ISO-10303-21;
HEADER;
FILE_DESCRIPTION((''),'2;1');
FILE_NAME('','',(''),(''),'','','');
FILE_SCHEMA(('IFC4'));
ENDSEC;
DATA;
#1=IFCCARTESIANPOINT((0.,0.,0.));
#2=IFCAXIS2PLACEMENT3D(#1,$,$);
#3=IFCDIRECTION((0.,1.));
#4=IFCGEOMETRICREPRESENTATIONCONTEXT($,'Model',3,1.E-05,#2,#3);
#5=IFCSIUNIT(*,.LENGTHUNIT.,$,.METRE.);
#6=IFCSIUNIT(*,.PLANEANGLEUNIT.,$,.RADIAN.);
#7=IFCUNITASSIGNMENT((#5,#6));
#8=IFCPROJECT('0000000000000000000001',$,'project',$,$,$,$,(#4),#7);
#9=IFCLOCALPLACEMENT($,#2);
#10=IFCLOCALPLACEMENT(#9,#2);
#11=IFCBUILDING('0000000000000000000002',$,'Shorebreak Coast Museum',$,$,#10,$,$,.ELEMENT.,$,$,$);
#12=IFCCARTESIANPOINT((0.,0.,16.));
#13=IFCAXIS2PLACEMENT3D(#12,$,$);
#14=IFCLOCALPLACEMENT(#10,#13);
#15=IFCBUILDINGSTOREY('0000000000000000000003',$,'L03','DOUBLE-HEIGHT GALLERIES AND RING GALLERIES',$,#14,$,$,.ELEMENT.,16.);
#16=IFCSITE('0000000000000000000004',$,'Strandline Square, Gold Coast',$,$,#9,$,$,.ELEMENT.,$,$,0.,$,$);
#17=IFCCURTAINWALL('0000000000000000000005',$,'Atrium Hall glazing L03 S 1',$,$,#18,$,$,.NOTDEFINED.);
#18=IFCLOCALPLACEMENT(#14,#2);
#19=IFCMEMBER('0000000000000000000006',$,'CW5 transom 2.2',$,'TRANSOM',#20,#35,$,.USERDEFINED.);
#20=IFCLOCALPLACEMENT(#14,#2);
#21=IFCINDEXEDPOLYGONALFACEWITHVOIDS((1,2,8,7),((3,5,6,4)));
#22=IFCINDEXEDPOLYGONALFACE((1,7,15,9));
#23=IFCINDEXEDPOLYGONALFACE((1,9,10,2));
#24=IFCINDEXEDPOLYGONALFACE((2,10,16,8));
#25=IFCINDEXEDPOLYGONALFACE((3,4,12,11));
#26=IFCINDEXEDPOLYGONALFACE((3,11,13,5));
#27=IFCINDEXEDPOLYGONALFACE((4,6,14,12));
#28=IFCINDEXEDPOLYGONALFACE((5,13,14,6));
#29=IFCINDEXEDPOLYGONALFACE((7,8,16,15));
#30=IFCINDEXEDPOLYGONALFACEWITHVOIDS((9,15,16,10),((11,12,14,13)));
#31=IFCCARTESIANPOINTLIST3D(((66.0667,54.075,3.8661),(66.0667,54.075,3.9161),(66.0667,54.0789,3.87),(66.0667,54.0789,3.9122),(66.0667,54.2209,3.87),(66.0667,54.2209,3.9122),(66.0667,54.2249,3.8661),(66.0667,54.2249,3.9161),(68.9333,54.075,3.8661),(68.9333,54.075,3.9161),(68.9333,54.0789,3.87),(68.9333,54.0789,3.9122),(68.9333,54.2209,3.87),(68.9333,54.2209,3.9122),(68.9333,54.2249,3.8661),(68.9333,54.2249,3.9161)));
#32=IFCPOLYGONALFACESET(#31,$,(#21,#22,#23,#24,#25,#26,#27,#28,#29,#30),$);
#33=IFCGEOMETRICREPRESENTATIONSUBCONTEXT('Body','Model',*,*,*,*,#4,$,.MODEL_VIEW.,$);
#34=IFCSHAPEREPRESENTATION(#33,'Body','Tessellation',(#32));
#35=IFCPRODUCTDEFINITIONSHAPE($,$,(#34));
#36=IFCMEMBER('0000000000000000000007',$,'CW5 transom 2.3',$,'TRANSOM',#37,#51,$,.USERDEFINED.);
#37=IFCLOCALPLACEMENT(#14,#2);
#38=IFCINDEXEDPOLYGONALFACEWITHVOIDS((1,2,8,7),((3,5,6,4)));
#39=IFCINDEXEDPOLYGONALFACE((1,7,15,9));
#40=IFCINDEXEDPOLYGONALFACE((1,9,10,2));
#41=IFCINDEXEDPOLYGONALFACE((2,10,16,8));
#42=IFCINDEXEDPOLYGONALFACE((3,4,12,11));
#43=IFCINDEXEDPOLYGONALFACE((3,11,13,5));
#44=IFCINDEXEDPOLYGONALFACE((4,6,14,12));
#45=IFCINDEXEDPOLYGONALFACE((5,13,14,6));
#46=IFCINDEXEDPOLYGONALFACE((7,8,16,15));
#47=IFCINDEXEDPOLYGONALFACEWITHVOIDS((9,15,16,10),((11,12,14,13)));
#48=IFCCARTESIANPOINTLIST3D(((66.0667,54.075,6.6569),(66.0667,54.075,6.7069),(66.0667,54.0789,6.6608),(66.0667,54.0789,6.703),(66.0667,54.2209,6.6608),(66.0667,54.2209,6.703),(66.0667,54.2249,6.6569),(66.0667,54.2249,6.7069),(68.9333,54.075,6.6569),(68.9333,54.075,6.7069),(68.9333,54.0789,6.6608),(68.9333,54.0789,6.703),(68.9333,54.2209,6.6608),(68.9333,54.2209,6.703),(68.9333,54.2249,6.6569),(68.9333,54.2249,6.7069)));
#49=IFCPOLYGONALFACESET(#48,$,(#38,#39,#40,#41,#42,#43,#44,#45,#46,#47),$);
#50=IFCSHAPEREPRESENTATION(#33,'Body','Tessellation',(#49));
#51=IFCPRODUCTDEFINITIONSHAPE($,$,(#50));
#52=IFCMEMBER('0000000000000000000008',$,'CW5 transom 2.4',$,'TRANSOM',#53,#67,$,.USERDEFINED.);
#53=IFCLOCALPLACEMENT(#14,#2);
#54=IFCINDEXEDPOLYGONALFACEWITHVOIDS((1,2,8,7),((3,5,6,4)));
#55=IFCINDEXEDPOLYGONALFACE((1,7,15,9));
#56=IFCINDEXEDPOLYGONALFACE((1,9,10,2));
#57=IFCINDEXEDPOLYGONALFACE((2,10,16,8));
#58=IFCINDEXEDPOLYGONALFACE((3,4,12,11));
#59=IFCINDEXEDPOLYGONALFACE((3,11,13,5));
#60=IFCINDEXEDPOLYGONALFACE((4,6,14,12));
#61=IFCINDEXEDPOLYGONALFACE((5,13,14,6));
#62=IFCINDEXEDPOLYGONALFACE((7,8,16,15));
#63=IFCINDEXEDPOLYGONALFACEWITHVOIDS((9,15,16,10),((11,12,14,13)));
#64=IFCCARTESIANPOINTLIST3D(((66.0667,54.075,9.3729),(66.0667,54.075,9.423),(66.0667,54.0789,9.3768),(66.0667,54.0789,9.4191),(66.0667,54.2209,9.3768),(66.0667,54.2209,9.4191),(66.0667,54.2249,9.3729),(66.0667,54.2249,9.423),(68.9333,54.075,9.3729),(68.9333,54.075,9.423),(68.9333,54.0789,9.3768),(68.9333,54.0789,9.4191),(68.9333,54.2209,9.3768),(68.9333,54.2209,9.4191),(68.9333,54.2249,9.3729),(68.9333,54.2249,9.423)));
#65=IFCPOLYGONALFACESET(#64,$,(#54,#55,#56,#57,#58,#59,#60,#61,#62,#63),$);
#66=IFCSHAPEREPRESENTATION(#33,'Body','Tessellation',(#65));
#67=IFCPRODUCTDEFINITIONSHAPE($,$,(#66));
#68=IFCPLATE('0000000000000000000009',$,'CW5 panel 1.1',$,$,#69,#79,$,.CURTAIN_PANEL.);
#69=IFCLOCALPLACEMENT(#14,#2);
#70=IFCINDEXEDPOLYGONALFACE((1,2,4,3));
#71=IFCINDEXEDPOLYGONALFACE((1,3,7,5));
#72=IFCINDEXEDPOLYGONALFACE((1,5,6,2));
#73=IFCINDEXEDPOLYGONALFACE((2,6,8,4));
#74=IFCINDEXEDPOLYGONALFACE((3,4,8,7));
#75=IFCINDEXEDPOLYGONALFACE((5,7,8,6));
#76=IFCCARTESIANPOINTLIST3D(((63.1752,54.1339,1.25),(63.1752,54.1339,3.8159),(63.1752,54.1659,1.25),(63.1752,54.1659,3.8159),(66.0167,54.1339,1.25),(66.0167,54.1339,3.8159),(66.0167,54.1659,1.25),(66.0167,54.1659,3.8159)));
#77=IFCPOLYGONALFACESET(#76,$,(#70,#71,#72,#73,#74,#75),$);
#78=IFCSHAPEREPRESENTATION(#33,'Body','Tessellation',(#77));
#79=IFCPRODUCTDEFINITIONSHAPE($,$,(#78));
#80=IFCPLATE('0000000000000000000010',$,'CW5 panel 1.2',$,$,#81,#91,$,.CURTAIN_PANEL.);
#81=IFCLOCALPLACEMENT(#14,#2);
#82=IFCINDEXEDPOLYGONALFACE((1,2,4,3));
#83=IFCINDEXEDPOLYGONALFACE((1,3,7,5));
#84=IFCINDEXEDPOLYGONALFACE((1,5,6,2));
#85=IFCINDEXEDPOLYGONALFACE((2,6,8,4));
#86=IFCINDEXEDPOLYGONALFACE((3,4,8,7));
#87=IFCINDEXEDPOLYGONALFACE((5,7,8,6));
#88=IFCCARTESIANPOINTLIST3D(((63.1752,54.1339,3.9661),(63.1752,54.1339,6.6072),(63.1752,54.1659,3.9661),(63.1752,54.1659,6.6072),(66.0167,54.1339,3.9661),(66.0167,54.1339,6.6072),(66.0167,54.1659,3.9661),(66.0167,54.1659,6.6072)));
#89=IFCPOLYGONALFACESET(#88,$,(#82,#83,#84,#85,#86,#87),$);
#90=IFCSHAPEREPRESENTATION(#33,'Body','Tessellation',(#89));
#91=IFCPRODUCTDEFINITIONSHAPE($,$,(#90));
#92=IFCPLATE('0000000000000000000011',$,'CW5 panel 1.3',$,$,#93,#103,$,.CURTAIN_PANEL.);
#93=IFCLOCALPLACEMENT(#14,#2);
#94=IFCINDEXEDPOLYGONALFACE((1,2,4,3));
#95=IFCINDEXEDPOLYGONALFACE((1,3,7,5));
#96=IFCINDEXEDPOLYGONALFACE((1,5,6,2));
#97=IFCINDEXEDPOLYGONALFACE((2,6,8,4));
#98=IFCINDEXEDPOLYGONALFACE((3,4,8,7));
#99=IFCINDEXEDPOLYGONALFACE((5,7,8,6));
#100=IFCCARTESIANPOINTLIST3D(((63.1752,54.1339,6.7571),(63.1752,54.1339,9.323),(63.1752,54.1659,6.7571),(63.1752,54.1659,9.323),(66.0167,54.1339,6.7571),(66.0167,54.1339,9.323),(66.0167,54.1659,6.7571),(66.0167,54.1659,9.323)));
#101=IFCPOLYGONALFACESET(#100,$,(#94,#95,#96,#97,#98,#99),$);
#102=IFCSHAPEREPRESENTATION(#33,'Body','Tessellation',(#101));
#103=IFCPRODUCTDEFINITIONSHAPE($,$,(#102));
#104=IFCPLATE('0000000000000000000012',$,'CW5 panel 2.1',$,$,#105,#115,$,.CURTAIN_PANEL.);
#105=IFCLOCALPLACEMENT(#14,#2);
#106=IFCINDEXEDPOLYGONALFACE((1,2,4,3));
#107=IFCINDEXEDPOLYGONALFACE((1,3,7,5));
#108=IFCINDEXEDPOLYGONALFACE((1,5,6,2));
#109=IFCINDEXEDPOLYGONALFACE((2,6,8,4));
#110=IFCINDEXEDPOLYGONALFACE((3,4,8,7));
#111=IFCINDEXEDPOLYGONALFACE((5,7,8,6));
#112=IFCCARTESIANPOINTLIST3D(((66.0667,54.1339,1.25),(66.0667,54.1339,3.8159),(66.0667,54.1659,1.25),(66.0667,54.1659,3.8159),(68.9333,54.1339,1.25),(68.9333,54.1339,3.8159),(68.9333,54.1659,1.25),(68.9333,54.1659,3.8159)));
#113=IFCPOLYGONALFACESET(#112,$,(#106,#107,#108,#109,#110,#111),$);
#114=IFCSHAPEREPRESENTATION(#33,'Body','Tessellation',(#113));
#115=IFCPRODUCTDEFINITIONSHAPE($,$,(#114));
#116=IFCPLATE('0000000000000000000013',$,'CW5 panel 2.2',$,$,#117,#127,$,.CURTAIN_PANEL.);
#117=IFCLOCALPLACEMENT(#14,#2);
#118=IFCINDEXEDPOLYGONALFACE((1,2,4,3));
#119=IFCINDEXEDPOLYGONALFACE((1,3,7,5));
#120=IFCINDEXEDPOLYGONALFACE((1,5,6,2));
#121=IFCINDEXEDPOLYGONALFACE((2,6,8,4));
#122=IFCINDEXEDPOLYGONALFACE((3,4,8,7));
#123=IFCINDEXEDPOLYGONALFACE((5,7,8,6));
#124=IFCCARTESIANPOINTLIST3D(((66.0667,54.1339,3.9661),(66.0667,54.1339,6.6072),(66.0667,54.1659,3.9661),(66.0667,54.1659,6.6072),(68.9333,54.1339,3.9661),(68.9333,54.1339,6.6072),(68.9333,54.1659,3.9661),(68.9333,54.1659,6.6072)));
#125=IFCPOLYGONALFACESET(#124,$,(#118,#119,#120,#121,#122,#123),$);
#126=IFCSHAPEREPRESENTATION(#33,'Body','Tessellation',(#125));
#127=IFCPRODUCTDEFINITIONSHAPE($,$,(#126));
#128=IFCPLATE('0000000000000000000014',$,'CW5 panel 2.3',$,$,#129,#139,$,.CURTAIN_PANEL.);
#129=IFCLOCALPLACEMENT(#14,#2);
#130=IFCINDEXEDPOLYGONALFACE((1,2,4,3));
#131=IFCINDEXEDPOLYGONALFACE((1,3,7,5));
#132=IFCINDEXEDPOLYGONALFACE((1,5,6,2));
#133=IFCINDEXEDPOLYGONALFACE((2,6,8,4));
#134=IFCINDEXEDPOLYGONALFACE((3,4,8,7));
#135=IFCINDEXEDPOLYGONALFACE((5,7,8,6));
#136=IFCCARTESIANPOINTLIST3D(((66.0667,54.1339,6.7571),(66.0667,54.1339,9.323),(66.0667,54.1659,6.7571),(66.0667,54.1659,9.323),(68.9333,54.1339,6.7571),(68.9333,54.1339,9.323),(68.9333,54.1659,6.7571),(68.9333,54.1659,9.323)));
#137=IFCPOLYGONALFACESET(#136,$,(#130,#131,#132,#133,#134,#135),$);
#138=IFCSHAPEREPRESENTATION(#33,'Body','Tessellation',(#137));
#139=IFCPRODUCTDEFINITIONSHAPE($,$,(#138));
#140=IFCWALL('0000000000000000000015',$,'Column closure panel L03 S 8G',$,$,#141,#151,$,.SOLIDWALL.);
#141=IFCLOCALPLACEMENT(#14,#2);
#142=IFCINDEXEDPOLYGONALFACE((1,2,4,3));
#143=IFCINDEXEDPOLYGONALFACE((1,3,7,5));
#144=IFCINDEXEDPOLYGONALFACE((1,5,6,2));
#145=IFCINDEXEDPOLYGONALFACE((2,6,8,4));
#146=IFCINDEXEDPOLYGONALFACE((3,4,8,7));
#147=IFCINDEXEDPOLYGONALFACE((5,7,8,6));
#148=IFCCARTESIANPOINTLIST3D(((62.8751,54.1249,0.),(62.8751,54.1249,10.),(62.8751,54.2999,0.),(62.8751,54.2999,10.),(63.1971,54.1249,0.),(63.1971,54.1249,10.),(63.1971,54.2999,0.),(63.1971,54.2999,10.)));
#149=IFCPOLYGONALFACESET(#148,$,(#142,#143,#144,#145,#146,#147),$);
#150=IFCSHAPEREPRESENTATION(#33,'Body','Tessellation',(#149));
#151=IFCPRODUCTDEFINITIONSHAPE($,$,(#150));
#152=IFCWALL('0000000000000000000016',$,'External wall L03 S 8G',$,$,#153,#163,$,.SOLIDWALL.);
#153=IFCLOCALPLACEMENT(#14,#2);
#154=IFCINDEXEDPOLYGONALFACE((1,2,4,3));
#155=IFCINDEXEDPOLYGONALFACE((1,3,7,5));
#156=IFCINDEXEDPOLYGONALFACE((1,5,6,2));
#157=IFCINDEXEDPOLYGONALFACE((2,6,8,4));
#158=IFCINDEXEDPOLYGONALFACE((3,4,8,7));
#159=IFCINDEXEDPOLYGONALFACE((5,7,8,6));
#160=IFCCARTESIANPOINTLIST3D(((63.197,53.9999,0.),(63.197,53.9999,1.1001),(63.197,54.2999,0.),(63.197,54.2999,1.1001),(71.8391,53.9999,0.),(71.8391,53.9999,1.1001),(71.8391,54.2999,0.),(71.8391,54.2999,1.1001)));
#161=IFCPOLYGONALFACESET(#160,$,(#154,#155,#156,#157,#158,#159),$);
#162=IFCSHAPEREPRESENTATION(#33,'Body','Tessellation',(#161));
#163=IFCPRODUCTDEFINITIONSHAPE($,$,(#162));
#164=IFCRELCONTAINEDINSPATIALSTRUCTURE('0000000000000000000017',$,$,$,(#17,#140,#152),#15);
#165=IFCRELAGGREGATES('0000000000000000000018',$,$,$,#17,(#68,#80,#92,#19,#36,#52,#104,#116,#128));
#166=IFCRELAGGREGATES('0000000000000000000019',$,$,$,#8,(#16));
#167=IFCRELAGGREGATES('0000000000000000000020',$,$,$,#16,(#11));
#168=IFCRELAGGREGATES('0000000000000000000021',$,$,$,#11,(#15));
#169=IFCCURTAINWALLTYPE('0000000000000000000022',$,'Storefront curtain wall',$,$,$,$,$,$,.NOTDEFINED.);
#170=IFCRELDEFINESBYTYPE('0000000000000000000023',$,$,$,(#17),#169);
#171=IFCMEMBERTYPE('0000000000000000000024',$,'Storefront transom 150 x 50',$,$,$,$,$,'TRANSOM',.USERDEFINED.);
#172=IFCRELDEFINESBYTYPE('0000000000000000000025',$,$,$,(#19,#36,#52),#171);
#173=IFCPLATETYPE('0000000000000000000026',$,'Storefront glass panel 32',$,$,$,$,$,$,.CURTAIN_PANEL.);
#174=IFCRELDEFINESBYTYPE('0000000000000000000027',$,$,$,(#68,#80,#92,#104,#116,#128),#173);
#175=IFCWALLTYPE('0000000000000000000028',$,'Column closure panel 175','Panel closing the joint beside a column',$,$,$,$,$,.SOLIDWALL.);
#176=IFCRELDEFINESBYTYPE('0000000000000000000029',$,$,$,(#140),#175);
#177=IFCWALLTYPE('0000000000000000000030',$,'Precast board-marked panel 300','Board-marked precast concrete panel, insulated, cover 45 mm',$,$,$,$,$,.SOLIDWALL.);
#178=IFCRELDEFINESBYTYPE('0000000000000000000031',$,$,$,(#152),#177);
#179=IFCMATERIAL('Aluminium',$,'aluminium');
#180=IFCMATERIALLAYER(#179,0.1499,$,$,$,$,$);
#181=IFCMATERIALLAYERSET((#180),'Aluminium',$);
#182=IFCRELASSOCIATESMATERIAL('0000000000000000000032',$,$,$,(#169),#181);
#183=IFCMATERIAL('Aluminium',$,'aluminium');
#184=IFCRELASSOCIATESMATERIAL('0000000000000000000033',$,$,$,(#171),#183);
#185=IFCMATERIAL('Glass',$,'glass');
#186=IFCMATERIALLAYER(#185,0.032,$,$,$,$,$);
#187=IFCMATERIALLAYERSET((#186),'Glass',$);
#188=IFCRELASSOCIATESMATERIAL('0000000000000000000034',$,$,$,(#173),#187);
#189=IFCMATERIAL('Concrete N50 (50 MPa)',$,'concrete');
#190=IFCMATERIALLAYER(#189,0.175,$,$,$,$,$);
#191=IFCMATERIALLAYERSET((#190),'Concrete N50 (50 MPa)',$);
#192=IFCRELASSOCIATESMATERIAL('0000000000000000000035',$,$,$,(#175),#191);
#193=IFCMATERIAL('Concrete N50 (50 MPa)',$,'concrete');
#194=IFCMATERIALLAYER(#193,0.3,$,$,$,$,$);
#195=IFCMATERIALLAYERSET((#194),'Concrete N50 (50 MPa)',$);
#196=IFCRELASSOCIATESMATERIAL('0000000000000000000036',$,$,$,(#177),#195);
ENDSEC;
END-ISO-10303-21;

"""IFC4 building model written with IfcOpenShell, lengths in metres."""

from ifc_helpers import new_model, si_unit, direction, frame, frame_2d, origin, origin_2d, place, context, subcontext, project, spatial, rectangle, hollow_rectangle, extrude, material, layer, layer_set, material_profile, profile_set, type_object, element, aggregate, save


model = new_model("IFC4")

# Units and contexts
model_context = context("Model", 3, precision=1e-05, world=origin(), true_north=direction((0.0, 1.0)))
body_context = subcontext(model_context, "Body", "Model", "MODEL_VIEW")
ifc_project = project(units=[si_unit("LENGTHUNIT", "METRE"), si_unit("PLANEANGLEUNIT", "RADIAN")], contexts=[model_context])

# Site, building, storey
site_placement = place(None, origin())
site = spatial("IfcSite", under=ifc_project, at=site_placement, Name="Strandline Square, Gold Coast", CompositionType="ELEMENT", RefElevation=0.0)
building_placement = place(site_placement, origin())
building = spatial("IfcBuilding", under=site, at=building_placement, Name="Shorebreak Coast Museum", CompositionType="ELEMENT")
storey_placement = place(building_placement, frame((0.0, 0.0, 16.0)))
storey = spatial("IfcBuildingStorey", under=building, at=storey_placement, Name="L03", Description="DOUBLE-HEIGHT GALLERIES AND RING GALLERIES", CompositionType="ELEMENT", Elevation=16.0)

# Curtain wall, members, plates
ifc_material_1 = material(Name="Aluminium", Category="aluminium")
ifc_layer_1 = layer(ifc_material_1, 0.1499)
ifc_layer_set_1 = layer_set([ifc_layer_1], Name="Aluminium")
curtain_wall_type = type_object("IfcCurtainWallType", Name="Storefront curtain wall", PredefinedType="NOTDEFINED", material=ifc_layer_set_1)
curtain_wall_placement = place(storey_placement, origin())
curtain_wall = element("IfcCurtainWall", 1, at=curtain_wall_placement, inside=storey, type_object=curtain_wall_type, Name="Atrium Hall glazing L03 S 1", PredefinedType="NOTDEFINED")
ifc_material_2 = material(Name="Aluminium", Category="aluminium")
ifc_material_profile_1 = material_profile(ifc_material_2, hollow_rectangle(XDim=0.1499, YDim=0.05, WallThickness=0.0039, at=origin_2d()), Name="AL 50x150 RHS")
ifc_profile_set_1 = profile_set([ifc_material_profile_1], Name="Aluminium")
member_type_1 = type_object("IfcMemberType", Name="Storefront transom 150 x 50", ElementType="TRANSOM", PredefinedType="USERDEFINED", material=ifc_profile_set_1)
member_1_placement = place(storey_placement, frame((66.0667, 54.1499, 3.8911), z_axis=(1.0, 0.0, 0.0), x_axis=(0.0, 1.0, 0.0)))
member_1 = element("IfcMember", 2, at=member_1_placement, type_object=member_type_1, Name="CW5 transom 2.2", ObjectType="TRANSOM", PredefinedType="USERDEFINED", context=body_context, shape_type="SweptSolid", body=[
    extrude(hollow_rectangle(XDim=0.1499, YDim=0.05, WallThickness=0.0039, at=origin_2d()), origin(), (0.0, 0.0, 1.0), 2.8667),
])
member_2_placement = place(storey_placement, frame((66.0667, 54.1499, 6.6819), z_axis=(1.0, 0.0, 0.0), x_axis=(0.0, 1.0, 0.0)))
member_2 = element("IfcMember", 3, at=member_2_placement, type_object=member_type_1, Name="CW5 transom 2.3", ObjectType="TRANSOM", PredefinedType="USERDEFINED", context=body_context, shape_type="SweptSolid", body=[
    extrude(hollow_rectangle(XDim=0.1499, YDim=0.05, WallThickness=0.0039, at=origin_2d()), origin(), (0.0, 0.0, 1.0), 2.8667),
])
member_3_placement = place(storey_placement, frame((66.0667, 54.1499, 9.3979), z_axis=(1.0, 0.0, 0.0), x_axis=(0.0, 1.0, 0.0)))
member_3 = element("IfcMember", 4, at=member_3_placement, type_object=member_type_1, Name="CW5 transom 2.4", ObjectType="TRANSOM", PredefinedType="USERDEFINED", context=body_context, shape_type="SweptSolid", body=[
    extrude(hollow_rectangle(XDim=0.1499, YDim=0.05, WallThickness=0.0039, at=origin_2d()), origin(), (0.0, 0.0, 1.0), 2.8667),
])
ifc_material_3 = material(Name="Glass", Category="glass")
ifc_layer_2 = layer(ifc_material_3, 0.032)
ifc_layer_set_2 = layer_set([ifc_layer_2], Name="Glass")
plate_type = type_object("IfcPlateType", Name="Storefront glass panel 32", PredefinedType="CURTAIN_PANEL", material=ifc_layer_set_2)
plate_1_placement = place(storey_placement, frame((64.5959, 54.1499, 1.25), z_axis=(0.0, 0.0, 1.0), x_axis=(1.0, 0.0, 0.0)))
plate_1 = element("IfcPlate", 5, at=plate_1_placement, type_object=plate_type, Name="CW5 panel 1.1", PredefinedType="CURTAIN_PANEL", context=body_context, shape_type="SweptSolid", body=[
    extrude(rectangle(XDim=2.8416, YDim=0.032, at=origin_2d()), origin(), (0.0, 0.0, 1.0), 2.5659),
])
plate_2_placement = place(storey_placement, frame((64.5959, 54.1499, 3.9661), z_axis=(0.0, 0.0, 1.0), x_axis=(1.0, 0.0, 0.0)))
plate_2 = element("IfcPlate", 6, at=plate_2_placement, type_object=plate_type, Name="CW5 panel 1.2", PredefinedType="CURTAIN_PANEL", context=body_context, shape_type="SweptSolid", body=[
    extrude(rectangle(XDim=2.8416, YDim=0.032, at=origin_2d()), origin(), (0.0, 0.0, 1.0), 2.6411),
])
plate_3_placement = place(storey_placement, frame((64.5959, 54.1499, 6.7571), z_axis=(0.0, 0.0, 1.0), x_axis=(1.0, 0.0, 0.0)))
plate_3 = element("IfcPlate", 7, at=plate_3_placement, type_object=plate_type, Name="CW5 panel 1.3", PredefinedType="CURTAIN_PANEL", context=body_context, shape_type="SweptSolid", body=[
    extrude(rectangle(XDim=2.8416, YDim=0.032, at=origin_2d()), origin(), (0.0, 0.0, 1.0), 2.5659),
])
plate_4_placement = place(storey_placement, frame((67.5, 54.1499, 1.25), z_axis=(0.0, 0.0, 1.0), x_axis=(1.0, 0.0, 0.0)))
plate_4 = element("IfcPlate", 8, at=plate_4_placement, type_object=plate_type, Name="CW5 panel 2.1", PredefinedType="CURTAIN_PANEL", context=body_context, shape_type="SweptSolid", body=[
    extrude(rectangle(XDim=2.8667, YDim=0.032, at=origin_2d()), origin(), (0.0, 0.0, 1.0), 2.5659),
])
plate_5_placement = place(storey_placement, frame((67.5, 54.1499, 3.9661), z_axis=(0.0, 0.0, 1.0), x_axis=(1.0, 0.0, 0.0)))
plate_5 = element("IfcPlate", 9, at=plate_5_placement, type_object=plate_type, Name="CW5 panel 2.2", PredefinedType="CURTAIN_PANEL", context=body_context, shape_type="SweptSolid", body=[
    extrude(rectangle(XDim=2.8667, YDim=0.032, at=origin_2d()), origin(), (0.0, 0.0, 1.0), 2.6411),
])
plate_6_placement = place(storey_placement, frame((67.5, 54.1499, 6.7571), z_axis=(0.0, 0.0, 1.0), x_axis=(1.0, 0.0, 0.0)))
plate_6 = element("IfcPlate", 10, at=plate_6_placement, type_object=plate_type, Name="CW5 panel 2.3", PredefinedType="CURTAIN_PANEL", context=body_context, shape_type="SweptSolid", body=[
    extrude(rectangle(XDim=2.8667, YDim=0.032, at=origin_2d()), origin(), (0.0, 0.0, 1.0), 2.5659),
])
aggregate(curtain_wall, [plate_1, plate_2, plate_3, member_1, member_2, member_3, plate_4, plate_5, plate_6])

# Walls
ifc_material_4 = material(Name="Concrete N50 (50 MPa)", Category="concrete")
ifc_layer_3 = layer(ifc_material_4, 0.175)
ifc_layer_set_3 = layer_set([ifc_layer_3], Name="Concrete N50 (50 MPa)")
wall_type_1 = type_object("IfcWallType", Name="Column closure panel 175", Description="Panel closing the joint beside a column", PredefinedType="SOLIDWALL", material=ifc_layer_set_3)
wall_1_placement = place(storey_placement, frame((62.875, 54.2124, 0.0), z_axis=(0.0, 0.0, 1.0), x_axis=(1.0, 0.0, 0.0)))
element("IfcWall", 11, at=wall_1_placement, inside=storey, type_object=wall_type_1, Name="Column closure panel L03 S 8G", PredefinedType="SOLIDWALL", context=body_context, shape_type="SweptSolid", body=[
    extrude(rectangle(XDim=0.322, YDim=0.175, at=frame_2d((0.1611, 0.0))), origin(), (0.0, 0.0, 1.0), 10.0),
])
ifc_material_5 = material(Name="Concrete N50 (50 MPa)", Category="concrete")
ifc_layer_4 = layer(ifc_material_5, 0.3)
ifc_layer_set_4 = layer_set([ifc_layer_4], Name="Concrete N50 (50 MPa)")
wall_type_2 = type_object("IfcWallType", Name="Precast board-marked panel 300", Description="Board-marked precast concrete panel, insulated, cover 45 mm", PredefinedType="SOLIDWALL", material=ifc_layer_set_4)
wall_2_placement = place(storey_placement, frame((63.197, 54.1499, 0.0), z_axis=(0.0, 0.0, 1.0), x_axis=(1.0, 0.0, 0.0)))
element("IfcWall", 12, at=wall_2_placement, inside=storey, type_object=wall_type_2, Name="External wall L03 S 8G", PredefinedType="SOLIDWALL", context=body_context, shape_type="SweptSolid", body=[
    extrude(rectangle(XDim=8.6421, YDim=0.3, at=frame_2d((4.321, 0.0))), origin(), (0.0, 0.0, 1.0), 1.1001),
])

save(model, "model.ifc")
